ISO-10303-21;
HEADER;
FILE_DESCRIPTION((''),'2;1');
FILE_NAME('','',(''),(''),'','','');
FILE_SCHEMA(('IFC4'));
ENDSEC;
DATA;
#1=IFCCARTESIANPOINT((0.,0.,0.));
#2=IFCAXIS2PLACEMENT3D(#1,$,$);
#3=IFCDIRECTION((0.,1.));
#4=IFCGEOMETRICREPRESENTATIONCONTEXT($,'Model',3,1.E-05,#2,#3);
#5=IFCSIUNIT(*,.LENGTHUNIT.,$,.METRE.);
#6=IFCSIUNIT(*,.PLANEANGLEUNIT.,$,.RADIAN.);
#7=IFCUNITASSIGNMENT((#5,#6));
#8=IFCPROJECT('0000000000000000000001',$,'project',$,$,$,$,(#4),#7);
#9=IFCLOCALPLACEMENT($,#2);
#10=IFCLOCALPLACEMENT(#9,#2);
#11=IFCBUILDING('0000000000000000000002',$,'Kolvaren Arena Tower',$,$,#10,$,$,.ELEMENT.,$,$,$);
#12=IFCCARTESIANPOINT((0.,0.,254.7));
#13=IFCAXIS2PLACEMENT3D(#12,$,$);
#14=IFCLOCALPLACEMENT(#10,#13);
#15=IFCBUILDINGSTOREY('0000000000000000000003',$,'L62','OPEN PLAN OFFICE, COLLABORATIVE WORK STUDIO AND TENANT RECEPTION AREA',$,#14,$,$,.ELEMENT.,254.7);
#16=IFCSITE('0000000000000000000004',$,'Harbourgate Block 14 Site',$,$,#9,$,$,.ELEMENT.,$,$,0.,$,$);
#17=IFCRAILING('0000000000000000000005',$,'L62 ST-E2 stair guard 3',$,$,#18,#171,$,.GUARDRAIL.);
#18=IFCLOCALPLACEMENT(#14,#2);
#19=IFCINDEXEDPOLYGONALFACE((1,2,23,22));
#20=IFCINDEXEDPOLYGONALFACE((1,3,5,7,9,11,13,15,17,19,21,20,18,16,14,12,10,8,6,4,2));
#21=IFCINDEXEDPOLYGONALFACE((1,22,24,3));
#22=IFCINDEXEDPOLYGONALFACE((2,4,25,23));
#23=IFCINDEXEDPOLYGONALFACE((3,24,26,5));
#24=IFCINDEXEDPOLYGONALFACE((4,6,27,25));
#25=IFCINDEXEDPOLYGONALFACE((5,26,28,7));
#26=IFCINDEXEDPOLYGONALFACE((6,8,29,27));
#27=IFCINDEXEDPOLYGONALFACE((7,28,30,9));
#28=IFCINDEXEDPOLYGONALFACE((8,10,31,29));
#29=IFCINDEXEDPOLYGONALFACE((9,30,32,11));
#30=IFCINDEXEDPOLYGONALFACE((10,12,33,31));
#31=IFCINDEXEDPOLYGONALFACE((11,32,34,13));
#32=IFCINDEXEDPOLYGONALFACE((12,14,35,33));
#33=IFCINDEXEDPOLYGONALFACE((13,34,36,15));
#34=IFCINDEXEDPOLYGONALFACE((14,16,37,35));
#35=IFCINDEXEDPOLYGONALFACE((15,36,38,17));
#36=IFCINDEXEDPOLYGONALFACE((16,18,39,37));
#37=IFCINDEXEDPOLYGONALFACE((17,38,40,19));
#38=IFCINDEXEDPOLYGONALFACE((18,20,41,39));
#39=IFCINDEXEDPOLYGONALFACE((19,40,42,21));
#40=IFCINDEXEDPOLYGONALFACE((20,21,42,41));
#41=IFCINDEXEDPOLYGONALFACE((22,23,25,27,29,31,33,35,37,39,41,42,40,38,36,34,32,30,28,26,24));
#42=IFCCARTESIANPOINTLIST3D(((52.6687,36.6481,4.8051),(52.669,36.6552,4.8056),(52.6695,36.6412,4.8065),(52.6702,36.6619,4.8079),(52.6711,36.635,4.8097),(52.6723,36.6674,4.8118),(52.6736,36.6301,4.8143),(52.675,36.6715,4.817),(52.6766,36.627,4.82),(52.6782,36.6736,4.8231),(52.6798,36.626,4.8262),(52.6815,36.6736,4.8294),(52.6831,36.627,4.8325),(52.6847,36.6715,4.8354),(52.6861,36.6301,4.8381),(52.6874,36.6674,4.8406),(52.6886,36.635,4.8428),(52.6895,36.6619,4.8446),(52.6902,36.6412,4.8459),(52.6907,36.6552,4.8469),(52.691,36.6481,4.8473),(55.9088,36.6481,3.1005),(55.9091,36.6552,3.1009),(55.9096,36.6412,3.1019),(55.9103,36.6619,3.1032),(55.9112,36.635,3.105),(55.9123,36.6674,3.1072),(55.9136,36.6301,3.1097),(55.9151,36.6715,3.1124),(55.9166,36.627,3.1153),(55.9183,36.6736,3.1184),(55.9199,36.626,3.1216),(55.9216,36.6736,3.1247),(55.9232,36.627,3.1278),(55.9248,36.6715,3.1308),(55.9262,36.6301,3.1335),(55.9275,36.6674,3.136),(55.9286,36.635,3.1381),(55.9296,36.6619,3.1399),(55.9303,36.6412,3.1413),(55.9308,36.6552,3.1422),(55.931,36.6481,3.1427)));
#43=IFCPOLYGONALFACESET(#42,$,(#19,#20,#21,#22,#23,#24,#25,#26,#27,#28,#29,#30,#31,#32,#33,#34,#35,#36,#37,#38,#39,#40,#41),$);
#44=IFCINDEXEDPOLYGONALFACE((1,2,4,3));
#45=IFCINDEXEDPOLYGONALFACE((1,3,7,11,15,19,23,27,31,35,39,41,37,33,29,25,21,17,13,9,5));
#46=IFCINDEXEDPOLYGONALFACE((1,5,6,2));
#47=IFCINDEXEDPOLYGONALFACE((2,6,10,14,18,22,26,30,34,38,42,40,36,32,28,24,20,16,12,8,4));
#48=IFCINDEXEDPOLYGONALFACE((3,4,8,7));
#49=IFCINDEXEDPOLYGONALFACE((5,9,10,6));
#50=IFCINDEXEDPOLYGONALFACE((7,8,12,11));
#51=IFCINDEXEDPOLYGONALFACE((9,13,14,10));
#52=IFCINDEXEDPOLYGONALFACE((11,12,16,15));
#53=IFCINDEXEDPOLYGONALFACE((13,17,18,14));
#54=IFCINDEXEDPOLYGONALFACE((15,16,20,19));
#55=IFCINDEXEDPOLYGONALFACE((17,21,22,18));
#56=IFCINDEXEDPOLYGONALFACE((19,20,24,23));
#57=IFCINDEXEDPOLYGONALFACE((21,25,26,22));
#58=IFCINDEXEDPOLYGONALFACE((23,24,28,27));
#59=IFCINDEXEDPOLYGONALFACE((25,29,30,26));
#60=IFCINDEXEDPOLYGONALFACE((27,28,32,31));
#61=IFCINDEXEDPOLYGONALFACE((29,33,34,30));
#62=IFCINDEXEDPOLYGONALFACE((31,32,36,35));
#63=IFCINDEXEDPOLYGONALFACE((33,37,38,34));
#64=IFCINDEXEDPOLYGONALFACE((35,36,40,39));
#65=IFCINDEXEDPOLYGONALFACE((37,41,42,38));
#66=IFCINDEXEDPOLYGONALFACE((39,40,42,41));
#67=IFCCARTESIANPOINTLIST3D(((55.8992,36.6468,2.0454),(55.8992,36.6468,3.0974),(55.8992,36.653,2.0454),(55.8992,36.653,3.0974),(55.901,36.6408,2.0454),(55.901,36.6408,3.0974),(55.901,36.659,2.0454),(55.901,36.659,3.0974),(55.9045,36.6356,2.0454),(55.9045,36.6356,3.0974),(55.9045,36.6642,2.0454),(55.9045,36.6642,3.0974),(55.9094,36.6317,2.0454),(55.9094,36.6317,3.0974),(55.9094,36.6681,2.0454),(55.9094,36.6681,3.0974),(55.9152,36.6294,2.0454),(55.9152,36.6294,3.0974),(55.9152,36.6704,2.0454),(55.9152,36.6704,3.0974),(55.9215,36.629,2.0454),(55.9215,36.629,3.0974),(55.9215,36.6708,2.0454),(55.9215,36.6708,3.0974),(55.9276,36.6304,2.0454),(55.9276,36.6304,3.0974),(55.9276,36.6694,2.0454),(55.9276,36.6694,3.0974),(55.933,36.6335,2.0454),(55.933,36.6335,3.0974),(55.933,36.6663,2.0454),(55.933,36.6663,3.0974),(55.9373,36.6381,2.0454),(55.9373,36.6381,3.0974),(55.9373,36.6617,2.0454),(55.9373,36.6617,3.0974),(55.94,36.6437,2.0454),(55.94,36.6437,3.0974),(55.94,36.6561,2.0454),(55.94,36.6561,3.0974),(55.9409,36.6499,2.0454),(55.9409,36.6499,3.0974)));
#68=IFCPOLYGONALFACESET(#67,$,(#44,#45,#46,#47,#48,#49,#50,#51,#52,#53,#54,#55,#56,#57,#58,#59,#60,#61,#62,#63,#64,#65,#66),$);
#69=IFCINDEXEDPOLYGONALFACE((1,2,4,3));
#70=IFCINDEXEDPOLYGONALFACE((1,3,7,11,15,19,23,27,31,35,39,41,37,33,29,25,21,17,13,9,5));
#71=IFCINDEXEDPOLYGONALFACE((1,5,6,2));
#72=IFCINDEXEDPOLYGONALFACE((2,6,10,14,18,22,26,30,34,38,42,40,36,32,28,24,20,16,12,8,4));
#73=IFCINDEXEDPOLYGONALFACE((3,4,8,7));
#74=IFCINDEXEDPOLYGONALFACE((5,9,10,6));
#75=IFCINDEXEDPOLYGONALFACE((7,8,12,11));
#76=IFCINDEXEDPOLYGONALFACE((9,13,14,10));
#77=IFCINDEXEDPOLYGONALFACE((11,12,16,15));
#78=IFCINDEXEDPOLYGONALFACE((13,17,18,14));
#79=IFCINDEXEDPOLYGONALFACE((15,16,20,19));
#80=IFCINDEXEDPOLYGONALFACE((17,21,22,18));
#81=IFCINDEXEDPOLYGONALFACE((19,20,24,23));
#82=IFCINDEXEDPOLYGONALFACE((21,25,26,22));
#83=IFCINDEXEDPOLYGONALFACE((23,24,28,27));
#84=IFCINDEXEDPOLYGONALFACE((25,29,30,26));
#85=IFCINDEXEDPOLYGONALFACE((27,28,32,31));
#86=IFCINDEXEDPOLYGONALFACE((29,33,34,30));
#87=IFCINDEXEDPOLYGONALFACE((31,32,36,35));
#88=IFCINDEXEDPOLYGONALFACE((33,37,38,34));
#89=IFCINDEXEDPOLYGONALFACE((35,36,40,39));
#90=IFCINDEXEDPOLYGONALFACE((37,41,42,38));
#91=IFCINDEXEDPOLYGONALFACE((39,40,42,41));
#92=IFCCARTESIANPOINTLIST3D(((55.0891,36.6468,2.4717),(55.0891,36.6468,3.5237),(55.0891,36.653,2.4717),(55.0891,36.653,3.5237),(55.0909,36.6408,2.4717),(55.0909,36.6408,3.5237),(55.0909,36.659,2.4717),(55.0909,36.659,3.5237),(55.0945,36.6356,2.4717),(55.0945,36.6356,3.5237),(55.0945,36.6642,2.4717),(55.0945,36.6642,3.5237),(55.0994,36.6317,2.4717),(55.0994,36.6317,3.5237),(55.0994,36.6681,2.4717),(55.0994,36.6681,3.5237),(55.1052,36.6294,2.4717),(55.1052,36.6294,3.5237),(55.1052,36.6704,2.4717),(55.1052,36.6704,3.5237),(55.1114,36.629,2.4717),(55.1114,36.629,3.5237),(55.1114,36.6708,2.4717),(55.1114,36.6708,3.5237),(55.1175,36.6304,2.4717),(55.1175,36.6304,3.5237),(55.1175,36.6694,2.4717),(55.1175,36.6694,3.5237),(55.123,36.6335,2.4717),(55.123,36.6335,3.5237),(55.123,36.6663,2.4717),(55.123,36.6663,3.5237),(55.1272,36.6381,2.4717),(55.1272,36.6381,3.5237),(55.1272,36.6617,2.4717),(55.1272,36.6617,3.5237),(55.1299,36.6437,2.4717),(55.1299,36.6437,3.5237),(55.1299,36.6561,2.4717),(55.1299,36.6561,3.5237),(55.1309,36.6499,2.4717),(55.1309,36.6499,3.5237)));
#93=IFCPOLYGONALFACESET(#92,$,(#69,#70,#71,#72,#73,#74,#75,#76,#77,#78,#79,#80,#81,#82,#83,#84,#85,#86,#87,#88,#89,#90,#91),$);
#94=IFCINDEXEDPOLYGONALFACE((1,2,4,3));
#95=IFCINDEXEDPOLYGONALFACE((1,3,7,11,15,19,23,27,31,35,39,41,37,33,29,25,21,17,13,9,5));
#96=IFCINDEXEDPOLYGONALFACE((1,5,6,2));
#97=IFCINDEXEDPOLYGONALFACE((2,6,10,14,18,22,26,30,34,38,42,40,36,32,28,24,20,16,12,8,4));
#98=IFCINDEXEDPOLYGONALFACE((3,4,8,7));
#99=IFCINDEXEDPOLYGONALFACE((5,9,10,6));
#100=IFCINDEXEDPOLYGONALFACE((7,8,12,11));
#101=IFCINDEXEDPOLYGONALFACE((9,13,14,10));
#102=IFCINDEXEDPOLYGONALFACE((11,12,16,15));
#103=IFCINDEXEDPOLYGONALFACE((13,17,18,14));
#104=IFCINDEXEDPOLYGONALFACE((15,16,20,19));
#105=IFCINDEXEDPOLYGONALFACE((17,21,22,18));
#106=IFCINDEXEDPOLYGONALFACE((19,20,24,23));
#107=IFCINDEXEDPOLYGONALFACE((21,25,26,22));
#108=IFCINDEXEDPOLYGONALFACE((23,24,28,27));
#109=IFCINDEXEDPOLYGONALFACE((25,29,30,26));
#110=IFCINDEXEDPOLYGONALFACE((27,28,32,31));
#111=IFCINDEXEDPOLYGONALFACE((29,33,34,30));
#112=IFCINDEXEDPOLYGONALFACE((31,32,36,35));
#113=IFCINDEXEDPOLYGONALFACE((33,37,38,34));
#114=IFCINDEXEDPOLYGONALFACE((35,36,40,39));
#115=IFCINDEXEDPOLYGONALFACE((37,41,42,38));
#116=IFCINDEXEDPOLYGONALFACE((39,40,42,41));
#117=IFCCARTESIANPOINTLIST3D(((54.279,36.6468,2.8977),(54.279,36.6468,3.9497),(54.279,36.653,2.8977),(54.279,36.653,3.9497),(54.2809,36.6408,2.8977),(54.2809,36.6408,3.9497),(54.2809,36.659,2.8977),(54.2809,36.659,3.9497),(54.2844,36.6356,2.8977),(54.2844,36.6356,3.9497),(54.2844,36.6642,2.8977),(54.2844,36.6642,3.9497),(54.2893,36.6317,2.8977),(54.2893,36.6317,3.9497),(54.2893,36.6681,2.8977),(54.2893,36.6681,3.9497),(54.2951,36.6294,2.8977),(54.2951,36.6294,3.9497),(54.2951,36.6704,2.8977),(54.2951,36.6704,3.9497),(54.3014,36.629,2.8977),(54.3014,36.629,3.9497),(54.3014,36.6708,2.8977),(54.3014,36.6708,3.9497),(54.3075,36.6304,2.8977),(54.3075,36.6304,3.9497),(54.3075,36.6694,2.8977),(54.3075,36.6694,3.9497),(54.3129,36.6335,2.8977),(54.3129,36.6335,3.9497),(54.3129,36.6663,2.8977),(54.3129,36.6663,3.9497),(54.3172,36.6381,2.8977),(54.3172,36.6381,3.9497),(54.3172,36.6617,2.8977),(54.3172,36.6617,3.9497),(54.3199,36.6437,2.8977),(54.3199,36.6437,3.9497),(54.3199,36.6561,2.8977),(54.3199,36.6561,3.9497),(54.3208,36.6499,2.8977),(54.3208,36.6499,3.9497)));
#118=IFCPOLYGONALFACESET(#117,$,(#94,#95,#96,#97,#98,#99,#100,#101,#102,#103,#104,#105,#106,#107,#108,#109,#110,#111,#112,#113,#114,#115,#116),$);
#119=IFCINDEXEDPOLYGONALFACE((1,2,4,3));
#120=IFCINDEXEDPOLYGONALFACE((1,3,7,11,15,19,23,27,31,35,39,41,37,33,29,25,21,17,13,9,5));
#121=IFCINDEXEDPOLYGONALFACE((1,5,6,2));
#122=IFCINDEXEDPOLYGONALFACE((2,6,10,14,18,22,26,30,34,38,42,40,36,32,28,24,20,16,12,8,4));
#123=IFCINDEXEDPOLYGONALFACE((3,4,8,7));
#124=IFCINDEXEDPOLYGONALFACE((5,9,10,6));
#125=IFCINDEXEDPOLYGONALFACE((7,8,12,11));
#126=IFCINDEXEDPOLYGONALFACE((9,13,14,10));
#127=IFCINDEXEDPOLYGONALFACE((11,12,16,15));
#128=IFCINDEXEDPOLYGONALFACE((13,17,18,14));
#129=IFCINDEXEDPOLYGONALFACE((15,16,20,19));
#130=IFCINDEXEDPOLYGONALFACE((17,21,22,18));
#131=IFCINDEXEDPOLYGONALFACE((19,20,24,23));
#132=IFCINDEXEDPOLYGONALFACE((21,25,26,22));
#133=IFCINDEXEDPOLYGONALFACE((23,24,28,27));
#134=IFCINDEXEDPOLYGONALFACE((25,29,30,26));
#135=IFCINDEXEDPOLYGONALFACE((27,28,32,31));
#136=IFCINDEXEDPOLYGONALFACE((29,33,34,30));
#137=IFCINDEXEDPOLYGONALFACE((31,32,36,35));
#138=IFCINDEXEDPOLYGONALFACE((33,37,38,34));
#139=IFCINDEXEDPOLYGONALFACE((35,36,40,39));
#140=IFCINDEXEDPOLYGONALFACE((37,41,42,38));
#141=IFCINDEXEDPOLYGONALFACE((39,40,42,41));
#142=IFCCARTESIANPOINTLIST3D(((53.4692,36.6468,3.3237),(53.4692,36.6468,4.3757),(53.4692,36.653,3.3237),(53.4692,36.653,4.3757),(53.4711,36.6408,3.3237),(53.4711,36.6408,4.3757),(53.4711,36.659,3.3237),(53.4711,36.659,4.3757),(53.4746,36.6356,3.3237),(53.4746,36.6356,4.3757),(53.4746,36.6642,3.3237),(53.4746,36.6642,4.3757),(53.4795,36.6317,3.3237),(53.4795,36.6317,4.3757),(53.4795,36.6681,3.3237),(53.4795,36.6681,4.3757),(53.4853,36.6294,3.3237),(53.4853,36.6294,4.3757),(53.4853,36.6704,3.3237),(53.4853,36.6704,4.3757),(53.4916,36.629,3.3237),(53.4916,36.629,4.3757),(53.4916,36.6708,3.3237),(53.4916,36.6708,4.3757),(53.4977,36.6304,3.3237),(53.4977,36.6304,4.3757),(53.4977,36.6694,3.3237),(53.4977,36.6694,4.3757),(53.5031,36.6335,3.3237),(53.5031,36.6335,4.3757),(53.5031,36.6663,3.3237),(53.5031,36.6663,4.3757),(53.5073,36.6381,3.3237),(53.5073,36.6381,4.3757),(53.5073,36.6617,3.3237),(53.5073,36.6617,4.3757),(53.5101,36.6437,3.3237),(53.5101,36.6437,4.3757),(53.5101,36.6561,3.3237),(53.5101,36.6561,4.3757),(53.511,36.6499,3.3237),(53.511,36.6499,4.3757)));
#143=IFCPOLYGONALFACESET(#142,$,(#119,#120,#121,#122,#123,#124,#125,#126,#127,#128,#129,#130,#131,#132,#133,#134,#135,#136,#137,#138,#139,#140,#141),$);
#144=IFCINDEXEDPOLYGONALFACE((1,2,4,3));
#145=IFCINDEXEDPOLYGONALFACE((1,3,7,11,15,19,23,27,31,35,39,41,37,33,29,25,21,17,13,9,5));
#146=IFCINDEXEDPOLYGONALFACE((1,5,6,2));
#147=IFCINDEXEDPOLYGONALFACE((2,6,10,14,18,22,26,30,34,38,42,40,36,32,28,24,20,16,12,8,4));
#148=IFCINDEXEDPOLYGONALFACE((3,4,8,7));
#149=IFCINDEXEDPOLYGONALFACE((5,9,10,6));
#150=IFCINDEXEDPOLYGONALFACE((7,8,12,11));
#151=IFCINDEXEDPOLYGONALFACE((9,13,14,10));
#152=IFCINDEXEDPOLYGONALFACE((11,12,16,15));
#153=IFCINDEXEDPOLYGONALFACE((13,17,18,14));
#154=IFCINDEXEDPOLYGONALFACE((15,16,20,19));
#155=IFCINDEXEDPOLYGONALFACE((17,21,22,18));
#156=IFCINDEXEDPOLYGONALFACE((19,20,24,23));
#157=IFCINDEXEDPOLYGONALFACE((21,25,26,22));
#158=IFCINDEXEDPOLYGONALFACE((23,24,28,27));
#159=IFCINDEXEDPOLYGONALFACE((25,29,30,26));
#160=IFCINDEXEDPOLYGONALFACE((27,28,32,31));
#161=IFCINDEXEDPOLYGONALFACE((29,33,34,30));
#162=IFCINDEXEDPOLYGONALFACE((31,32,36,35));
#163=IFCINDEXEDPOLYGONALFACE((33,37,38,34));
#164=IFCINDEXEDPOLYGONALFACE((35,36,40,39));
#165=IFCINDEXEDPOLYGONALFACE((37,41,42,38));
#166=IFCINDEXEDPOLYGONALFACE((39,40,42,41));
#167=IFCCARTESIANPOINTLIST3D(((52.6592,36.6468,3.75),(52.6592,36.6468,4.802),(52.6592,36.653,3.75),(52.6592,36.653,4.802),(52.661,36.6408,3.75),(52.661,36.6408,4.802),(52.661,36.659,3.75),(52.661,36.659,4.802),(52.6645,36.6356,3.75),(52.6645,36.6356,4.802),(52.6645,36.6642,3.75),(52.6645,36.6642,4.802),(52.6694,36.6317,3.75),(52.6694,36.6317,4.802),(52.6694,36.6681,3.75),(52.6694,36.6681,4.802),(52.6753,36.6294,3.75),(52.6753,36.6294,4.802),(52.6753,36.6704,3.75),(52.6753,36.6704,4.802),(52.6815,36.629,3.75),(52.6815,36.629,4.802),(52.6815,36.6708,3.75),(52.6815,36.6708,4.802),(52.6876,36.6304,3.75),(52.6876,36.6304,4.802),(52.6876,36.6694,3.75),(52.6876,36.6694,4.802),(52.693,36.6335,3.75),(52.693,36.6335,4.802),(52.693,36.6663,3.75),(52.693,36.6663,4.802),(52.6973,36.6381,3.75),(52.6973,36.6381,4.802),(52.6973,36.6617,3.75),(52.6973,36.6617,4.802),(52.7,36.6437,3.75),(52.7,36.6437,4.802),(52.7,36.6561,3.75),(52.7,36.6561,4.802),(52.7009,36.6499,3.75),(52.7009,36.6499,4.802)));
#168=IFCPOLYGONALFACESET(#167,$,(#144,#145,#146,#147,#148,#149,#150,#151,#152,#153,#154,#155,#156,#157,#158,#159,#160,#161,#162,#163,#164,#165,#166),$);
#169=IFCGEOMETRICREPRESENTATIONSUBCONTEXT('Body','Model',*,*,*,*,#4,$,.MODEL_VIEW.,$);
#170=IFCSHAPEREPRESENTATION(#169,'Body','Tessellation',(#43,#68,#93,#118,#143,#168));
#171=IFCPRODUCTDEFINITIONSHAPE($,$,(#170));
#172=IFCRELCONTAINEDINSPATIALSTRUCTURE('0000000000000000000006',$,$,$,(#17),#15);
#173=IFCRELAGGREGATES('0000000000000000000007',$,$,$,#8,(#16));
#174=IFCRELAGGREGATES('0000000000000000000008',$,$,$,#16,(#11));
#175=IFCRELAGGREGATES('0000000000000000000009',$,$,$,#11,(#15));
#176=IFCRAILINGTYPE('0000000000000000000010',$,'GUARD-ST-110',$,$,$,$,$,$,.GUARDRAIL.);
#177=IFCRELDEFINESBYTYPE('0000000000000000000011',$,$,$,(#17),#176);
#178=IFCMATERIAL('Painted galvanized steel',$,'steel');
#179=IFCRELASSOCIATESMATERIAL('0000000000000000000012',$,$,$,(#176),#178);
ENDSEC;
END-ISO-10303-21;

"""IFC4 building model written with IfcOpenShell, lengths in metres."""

from ifc_helpers import new_model, si_unit, direction, frame, origin, origin_2d, place, context, subcontext, project, spatial, circle, extrude, material, type_object, element, save


model = new_model("IFC4")

# Units and contexts
model_context = context("Model", 3, precision=1e-05, world=origin(), true_north=direction((0.0, 1.0)))
body_context = subcontext(model_context, "Body", "Model", "MODEL_VIEW")
ifc_project = project(units=[si_unit("LENGTHUNIT", "METRE"), si_unit("PLANEANGLEUNIT", "RADIAN")], contexts=[model_context])

# Site, building, storey
site_placement = place(None, origin())
site = spatial("IfcSite", under=ifc_project, at=site_placement, Name="Harbourgate Block 14 Site", CompositionType="ELEMENT", RefElevation=0.0)
building_placement = place(site_placement, origin())
building = spatial("IfcBuilding", under=site, at=building_placement, Name="Kolvaren Arena Tower", CompositionType="ELEMENT")
storey_placement = place(building_placement, frame((0.0, 0.0, 254.7)))
storey = spatial("IfcBuildingStorey", under=building, at=storey_placement, Name="L62", Description="OPEN PLAN OFFICE, COLLABORATIVE WORK STUDIO AND TENANT RECEPTION AREA", CompositionType="ELEMENT", Elevation=254.7)

# Railing
ifc_material_1 = material(Name="Painted galvanized steel", Category="steel")
railing_type_1 = type_object("IfcRailingType", Name="GUARD-ST-110", PredefinedType="GUARDRAIL", material=ifc_material_1)
railing_1_placement = place(storey_placement, frame((55.9199, 36.6499, 2.0454)))
element("IfcRailing", 1, at=railing_1_placement, inside=storey, type_object=railing_type_1, Name="L62 ST-E2 stair guard 3", PredefinedType="GUARDRAIL", context=body_context, shape_type="SweptSolid", body=[
    extrude(circle(Radius=0.0239, at=origin_2d()), frame((0.0, 0.0, 1.0762), z_axis=(-0.884993, 0.0, 0.465604), x_axis=(0.0, -1.0, 0.0)), (0.0, 0.0, 1.0), 3.6611),
    extrude(circle(Radius=0.021, at=origin_2d()), origin(), (0.0, 0.0, 1.0), 1.052),
    extrude(circle(Radius=0.021, at=origin_2d()), frame((-0.8101, 0.0, 0.4263)), (0.0, 0.0, 1.0), 1.052),
    extrude(circle(Radius=0.021, at=origin_2d()), frame((-1.6201, 0.0, 0.8523)), (0.0, 0.0, 1.0), 1.052),
    extrude(circle(Radius=0.021, at=origin_2d()), frame((-2.4299, 0.0, 1.2783)), (0.0, 0.0, 1.0), 1.052),
    extrude(circle(Radius=0.021, at=origin_2d()), frame((-3.24, 0.0, 1.7046)), (0.0, 0.0, 1.0), 1.052),
])

save(model, "model.ifc")
